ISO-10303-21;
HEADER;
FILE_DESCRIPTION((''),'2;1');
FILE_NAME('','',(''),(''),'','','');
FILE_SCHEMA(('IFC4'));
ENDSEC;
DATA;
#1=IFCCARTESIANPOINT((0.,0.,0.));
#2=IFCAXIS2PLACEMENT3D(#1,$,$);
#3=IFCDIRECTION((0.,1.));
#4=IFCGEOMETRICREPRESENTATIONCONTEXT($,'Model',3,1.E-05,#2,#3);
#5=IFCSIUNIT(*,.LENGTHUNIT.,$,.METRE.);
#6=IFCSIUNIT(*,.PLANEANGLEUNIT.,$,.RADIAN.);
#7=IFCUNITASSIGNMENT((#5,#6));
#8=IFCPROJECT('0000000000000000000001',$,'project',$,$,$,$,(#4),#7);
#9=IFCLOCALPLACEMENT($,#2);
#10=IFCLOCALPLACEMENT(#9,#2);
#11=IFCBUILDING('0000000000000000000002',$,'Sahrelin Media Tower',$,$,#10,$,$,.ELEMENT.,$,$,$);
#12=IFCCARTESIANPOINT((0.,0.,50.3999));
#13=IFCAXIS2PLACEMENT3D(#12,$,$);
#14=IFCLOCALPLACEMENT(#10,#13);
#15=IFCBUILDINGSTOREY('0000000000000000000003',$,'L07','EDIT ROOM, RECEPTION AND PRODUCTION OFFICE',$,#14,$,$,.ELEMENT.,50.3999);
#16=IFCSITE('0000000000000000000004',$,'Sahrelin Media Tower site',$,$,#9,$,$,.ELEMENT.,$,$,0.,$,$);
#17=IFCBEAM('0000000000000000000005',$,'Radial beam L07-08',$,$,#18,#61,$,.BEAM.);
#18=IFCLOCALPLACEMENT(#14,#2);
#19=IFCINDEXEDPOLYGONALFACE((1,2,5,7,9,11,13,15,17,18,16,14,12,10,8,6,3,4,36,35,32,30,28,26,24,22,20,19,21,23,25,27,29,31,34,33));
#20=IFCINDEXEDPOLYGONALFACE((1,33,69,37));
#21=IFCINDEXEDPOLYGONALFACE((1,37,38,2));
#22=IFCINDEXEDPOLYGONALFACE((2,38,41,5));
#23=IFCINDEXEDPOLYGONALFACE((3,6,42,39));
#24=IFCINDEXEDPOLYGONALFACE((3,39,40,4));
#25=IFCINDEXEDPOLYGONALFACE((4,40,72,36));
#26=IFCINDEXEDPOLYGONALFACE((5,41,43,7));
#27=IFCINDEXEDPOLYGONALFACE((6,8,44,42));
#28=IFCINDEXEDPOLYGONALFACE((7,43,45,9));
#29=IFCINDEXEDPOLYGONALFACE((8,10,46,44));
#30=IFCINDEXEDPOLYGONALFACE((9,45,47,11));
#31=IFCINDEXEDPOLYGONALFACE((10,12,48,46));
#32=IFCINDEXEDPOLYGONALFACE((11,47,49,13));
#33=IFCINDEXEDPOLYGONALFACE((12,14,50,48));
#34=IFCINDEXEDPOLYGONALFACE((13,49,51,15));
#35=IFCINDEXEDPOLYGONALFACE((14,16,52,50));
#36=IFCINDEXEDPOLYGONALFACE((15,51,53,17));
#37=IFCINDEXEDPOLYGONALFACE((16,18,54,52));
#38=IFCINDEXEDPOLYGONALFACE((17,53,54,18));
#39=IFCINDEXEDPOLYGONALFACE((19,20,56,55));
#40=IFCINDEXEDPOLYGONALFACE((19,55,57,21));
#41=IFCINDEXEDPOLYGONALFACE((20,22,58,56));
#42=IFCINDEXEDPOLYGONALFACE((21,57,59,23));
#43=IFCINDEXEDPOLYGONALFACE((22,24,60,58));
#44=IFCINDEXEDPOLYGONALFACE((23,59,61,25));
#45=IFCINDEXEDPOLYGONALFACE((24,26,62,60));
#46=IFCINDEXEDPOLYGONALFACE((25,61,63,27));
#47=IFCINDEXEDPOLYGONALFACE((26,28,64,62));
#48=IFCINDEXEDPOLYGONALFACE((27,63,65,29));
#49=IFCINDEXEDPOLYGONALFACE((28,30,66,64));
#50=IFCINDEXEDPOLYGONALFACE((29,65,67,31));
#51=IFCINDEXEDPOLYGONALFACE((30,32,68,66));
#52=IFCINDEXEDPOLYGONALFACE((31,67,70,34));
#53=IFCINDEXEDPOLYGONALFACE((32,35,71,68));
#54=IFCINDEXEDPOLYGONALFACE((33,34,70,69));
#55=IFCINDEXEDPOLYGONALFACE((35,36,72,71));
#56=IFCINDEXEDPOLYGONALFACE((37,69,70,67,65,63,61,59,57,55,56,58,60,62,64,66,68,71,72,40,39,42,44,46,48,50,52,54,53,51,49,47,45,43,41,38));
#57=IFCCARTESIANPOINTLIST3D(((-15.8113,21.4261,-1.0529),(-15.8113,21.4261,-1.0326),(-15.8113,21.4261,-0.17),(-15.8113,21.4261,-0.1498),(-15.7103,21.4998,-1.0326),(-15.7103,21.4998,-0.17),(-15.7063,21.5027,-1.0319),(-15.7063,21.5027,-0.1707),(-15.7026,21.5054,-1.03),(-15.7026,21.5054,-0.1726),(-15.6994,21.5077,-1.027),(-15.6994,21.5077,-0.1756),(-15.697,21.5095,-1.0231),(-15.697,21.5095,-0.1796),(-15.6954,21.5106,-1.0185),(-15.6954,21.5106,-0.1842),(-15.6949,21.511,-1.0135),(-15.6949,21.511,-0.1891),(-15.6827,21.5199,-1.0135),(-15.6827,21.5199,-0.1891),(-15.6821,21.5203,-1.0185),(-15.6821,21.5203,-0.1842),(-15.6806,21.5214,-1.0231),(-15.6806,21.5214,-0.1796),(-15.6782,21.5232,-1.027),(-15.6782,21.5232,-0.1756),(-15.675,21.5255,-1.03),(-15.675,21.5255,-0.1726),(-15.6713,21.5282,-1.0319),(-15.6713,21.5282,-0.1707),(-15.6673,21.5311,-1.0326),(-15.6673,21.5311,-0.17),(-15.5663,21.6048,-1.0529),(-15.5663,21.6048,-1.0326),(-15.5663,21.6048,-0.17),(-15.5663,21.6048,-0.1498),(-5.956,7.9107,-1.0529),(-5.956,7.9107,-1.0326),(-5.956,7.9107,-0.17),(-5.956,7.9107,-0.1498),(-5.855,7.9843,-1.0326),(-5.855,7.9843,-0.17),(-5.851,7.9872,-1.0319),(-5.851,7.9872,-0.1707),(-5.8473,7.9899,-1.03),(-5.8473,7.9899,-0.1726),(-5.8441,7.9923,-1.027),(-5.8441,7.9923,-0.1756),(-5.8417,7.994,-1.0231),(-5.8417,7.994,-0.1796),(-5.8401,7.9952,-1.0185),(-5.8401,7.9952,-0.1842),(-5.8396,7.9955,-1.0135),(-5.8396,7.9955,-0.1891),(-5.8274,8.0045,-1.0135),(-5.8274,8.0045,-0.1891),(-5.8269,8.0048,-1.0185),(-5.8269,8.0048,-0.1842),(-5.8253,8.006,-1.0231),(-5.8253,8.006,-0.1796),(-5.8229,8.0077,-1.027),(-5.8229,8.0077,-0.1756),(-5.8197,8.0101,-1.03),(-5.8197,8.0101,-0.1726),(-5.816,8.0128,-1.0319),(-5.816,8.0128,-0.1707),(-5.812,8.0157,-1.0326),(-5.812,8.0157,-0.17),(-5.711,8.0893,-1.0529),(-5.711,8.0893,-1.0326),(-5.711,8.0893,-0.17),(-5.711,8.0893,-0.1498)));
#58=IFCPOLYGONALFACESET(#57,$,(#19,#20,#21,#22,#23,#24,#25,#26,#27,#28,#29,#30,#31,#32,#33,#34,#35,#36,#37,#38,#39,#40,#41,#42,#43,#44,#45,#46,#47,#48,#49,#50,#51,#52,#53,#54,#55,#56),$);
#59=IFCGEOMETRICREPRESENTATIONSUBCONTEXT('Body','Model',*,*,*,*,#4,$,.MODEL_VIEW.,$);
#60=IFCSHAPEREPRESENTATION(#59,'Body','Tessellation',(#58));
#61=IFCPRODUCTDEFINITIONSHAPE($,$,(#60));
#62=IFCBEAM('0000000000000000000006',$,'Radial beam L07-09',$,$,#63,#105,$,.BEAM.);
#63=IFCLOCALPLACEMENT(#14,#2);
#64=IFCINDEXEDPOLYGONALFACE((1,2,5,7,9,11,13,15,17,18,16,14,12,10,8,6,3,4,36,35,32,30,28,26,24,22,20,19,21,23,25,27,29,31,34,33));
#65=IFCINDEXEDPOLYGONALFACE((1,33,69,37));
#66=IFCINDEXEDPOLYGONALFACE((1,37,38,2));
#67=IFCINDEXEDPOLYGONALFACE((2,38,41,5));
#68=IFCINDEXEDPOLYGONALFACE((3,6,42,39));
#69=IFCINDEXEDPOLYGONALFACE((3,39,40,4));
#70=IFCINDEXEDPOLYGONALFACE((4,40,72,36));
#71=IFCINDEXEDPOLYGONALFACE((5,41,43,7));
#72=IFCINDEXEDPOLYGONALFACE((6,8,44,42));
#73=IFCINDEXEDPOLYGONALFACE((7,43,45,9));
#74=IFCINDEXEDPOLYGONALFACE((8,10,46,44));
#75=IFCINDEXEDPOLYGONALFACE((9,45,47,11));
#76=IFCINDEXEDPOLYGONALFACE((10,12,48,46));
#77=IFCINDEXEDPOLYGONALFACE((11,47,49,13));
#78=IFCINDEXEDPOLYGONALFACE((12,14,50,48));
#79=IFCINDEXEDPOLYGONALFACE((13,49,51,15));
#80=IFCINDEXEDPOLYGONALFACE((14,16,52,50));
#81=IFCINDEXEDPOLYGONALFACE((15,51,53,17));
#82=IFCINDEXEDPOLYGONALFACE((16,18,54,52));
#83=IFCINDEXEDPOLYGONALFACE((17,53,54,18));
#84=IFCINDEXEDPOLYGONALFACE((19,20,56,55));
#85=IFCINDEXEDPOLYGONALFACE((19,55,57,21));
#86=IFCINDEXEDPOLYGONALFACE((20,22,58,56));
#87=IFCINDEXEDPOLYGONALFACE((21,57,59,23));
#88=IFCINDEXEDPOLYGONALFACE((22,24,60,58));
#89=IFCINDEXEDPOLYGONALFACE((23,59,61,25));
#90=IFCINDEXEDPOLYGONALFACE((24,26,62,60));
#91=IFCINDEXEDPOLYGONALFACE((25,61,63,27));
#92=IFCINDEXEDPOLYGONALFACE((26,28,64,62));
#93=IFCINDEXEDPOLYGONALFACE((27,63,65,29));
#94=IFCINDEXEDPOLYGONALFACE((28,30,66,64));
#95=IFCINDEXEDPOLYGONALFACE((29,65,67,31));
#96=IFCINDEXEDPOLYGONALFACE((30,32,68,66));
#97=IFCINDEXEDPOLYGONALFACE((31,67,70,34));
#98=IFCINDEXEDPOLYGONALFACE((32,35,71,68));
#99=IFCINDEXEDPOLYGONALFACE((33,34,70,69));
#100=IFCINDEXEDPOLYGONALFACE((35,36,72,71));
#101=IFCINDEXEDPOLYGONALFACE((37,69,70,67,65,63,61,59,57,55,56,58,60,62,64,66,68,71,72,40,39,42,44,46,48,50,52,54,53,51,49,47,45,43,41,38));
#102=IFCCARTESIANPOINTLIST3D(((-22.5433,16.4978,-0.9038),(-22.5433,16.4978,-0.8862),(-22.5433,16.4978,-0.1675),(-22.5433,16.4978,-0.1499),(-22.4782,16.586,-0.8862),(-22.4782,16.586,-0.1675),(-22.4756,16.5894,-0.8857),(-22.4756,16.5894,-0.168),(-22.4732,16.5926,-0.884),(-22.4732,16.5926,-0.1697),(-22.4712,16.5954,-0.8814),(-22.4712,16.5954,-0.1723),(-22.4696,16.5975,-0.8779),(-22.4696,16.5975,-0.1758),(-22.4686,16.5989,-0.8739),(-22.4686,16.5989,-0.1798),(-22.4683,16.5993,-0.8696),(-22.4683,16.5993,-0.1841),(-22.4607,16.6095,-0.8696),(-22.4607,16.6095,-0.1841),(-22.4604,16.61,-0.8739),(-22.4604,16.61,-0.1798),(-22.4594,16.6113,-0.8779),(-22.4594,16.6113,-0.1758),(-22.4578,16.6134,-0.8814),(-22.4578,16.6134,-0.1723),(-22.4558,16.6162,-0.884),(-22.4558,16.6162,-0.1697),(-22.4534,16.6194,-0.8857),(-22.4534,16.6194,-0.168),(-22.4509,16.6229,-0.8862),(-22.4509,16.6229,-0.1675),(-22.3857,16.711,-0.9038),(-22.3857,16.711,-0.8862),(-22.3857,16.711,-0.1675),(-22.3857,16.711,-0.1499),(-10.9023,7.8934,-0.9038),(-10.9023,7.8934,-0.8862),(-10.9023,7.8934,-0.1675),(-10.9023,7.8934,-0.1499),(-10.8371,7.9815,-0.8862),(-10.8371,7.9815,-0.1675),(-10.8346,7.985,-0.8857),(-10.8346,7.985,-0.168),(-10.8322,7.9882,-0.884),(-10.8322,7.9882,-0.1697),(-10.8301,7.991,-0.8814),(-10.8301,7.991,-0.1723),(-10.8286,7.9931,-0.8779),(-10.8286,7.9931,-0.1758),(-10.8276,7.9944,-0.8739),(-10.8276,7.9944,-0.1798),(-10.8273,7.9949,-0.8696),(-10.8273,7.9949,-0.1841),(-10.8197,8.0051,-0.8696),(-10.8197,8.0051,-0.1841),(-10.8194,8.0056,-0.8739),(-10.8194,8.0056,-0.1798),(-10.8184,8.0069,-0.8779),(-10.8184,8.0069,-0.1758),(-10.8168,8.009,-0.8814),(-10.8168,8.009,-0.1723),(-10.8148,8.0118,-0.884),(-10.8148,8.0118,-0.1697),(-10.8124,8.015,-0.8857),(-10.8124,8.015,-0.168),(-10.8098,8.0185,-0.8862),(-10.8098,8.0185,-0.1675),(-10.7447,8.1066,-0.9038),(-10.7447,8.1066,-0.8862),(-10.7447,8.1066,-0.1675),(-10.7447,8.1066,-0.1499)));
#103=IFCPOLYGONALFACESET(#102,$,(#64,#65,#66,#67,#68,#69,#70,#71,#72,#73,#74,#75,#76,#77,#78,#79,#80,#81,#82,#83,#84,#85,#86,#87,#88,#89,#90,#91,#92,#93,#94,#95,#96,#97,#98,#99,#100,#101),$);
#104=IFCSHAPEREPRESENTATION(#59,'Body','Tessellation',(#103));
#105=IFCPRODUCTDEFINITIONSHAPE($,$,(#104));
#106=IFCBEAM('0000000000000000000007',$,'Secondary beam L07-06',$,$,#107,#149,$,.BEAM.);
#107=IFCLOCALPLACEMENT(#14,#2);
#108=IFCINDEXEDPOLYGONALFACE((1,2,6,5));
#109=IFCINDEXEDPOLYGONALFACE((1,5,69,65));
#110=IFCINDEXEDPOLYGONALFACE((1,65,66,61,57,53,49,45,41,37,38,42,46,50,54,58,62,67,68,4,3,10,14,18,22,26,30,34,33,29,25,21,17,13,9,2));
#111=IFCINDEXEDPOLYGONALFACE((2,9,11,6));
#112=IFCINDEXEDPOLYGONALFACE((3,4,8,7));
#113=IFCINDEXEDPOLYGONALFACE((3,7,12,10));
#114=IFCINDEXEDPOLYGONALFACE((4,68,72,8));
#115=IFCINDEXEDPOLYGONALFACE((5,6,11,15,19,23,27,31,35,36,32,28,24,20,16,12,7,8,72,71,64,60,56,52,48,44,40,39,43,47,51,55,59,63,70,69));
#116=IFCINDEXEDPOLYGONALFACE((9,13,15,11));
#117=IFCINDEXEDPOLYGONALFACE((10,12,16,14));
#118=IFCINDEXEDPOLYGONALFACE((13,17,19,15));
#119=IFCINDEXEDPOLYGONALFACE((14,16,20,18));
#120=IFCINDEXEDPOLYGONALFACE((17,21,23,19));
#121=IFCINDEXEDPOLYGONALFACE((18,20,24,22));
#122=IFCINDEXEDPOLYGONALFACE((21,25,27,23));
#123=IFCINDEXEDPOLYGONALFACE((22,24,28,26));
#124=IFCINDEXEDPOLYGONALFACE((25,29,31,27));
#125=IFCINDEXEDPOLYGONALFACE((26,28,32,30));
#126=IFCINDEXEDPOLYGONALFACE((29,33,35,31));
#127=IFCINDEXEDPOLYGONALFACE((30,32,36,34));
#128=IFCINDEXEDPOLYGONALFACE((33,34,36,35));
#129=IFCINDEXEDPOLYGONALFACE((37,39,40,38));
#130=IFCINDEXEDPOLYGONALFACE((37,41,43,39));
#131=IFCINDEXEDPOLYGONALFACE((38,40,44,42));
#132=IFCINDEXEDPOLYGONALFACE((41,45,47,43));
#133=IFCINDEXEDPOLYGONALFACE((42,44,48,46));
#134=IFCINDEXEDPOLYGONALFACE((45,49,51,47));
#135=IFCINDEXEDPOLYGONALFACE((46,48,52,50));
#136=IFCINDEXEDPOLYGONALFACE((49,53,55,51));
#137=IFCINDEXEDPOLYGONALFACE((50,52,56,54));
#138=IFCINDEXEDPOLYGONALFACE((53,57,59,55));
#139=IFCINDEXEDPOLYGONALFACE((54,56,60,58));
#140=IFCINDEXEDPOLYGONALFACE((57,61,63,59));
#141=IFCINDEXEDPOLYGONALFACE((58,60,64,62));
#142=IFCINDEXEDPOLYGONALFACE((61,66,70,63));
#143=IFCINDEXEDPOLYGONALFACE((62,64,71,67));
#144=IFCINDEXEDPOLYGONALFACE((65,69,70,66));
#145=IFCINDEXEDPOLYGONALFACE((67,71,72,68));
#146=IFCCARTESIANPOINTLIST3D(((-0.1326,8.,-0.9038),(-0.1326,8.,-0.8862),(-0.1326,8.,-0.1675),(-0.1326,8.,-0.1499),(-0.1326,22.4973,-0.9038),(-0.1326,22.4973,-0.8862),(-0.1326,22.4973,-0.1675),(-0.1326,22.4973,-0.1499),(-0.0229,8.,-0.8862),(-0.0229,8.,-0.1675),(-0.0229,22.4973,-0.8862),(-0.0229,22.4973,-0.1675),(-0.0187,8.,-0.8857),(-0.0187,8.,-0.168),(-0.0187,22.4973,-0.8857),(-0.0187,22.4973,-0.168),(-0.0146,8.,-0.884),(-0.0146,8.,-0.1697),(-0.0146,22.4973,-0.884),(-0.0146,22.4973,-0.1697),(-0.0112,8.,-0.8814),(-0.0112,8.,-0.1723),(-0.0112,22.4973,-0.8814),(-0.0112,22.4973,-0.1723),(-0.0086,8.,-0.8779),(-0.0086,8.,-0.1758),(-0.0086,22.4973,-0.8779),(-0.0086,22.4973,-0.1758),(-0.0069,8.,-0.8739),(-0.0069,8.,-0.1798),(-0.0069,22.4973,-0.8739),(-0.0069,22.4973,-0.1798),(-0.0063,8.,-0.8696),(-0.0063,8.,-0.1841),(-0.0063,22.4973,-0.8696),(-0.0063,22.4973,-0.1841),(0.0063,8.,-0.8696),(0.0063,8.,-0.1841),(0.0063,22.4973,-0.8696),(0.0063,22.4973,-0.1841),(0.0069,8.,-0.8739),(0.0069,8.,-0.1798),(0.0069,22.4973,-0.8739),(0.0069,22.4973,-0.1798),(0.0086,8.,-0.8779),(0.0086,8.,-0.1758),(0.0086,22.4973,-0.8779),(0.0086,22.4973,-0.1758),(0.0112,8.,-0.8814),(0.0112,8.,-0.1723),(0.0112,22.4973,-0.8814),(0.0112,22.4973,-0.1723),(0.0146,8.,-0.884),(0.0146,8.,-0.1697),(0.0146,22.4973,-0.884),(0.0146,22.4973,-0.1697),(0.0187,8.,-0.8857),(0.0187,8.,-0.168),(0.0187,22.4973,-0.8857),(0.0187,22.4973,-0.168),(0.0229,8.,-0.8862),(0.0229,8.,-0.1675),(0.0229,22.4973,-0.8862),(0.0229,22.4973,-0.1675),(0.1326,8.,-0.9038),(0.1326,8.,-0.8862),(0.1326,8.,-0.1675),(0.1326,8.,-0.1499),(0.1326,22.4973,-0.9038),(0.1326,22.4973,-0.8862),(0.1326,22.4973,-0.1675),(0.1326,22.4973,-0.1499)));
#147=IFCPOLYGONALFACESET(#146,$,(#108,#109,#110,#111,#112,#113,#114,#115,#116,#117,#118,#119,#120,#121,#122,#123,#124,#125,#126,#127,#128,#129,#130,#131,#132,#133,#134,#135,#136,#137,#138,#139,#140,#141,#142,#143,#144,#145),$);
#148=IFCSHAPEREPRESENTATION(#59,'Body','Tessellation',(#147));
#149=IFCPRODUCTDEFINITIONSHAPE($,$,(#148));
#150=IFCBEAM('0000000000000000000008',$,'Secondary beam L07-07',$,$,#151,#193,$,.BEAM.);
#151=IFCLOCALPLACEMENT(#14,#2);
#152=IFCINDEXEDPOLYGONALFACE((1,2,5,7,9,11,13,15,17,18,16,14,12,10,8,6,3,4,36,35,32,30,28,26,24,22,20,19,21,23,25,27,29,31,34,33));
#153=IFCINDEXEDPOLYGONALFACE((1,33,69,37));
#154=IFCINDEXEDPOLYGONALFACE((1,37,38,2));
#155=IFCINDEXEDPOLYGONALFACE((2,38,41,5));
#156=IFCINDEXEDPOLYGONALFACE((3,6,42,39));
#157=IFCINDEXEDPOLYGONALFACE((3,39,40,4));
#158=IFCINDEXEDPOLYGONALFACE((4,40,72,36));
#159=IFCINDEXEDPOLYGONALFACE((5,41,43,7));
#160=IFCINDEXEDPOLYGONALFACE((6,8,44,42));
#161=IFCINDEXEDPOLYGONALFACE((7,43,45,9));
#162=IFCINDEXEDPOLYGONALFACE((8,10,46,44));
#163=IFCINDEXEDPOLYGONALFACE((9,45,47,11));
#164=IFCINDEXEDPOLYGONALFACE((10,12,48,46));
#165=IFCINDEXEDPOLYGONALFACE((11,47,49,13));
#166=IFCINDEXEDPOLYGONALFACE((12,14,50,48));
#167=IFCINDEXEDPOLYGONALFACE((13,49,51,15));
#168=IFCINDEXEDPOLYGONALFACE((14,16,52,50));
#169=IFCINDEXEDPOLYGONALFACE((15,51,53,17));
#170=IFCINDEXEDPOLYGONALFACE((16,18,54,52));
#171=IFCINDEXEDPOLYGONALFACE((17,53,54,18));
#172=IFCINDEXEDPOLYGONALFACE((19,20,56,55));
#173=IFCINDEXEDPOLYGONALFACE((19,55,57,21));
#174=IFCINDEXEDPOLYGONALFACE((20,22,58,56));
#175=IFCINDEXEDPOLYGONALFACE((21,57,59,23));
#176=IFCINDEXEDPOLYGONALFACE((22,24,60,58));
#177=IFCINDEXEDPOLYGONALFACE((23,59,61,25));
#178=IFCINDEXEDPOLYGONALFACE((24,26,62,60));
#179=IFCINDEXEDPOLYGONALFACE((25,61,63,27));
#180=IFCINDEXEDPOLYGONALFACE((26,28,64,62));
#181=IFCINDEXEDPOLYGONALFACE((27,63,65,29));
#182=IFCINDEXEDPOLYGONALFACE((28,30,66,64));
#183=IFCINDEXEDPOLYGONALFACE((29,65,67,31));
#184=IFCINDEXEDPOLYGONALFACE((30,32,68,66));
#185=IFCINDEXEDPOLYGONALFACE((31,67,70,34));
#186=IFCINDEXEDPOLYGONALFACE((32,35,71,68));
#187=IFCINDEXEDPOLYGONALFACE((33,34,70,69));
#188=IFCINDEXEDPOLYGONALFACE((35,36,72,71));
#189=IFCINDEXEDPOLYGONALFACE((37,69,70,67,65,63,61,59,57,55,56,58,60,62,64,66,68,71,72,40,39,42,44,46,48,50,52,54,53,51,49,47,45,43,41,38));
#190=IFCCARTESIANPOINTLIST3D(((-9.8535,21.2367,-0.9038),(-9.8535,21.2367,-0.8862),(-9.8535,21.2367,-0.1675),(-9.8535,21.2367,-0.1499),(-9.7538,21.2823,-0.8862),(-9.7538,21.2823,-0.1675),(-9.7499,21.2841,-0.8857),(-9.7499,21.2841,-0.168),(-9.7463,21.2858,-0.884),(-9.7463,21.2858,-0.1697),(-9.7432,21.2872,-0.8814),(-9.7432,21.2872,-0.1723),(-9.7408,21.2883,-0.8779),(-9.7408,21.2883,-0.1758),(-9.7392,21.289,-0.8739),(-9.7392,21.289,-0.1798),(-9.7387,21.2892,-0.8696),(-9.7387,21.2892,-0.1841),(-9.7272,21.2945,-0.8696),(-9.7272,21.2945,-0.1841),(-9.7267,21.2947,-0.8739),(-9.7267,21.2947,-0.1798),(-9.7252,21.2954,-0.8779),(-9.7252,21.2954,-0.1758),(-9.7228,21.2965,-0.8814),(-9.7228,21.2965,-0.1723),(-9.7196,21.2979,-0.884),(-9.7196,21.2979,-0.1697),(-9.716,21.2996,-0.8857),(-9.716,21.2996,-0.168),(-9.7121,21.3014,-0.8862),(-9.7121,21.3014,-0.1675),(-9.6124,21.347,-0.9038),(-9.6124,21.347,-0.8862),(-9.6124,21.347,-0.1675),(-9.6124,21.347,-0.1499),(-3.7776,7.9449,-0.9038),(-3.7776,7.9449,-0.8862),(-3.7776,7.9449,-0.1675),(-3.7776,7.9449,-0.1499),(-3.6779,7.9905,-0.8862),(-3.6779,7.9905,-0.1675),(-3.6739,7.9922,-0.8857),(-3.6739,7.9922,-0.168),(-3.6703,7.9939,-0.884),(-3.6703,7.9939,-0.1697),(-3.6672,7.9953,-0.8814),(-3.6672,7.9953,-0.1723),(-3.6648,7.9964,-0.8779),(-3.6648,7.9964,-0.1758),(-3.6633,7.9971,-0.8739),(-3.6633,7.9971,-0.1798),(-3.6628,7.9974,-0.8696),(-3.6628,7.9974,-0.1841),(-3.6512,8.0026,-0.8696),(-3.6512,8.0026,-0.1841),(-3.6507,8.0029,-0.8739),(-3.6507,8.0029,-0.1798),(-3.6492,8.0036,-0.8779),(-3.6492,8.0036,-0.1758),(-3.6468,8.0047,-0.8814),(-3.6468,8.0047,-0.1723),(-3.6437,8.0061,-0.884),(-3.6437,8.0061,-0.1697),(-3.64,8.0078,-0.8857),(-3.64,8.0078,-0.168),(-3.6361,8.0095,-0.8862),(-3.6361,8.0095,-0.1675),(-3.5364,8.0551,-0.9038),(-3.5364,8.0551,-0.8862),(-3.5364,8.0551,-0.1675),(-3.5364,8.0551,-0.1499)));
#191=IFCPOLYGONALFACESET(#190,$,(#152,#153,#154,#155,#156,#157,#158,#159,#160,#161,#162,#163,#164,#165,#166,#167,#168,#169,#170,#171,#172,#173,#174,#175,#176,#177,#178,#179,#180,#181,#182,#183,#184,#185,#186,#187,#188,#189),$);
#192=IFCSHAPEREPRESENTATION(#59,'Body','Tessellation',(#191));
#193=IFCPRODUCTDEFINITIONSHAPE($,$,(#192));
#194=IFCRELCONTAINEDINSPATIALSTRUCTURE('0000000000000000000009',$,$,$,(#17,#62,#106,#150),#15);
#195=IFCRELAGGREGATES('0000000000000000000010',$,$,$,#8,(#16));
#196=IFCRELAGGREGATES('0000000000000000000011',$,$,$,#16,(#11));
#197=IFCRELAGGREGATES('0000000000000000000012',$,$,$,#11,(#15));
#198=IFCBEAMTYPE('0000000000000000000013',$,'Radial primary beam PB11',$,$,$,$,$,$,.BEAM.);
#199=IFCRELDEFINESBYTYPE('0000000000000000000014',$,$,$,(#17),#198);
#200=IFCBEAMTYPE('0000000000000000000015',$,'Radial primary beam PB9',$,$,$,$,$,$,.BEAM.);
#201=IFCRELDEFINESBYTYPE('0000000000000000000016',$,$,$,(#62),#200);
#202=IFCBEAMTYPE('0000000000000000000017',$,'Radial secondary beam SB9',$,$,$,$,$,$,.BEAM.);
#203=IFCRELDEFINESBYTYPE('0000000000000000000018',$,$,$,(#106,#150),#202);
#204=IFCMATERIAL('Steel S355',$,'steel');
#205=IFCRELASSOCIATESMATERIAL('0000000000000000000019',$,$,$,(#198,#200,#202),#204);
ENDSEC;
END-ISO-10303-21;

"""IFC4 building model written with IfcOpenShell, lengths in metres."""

from ifc_helpers import new_model, si_unit, direction, frame, origin, origin_2d, place, context, subcontext, project, spatial, i_section, extrude, material, material_profile, profile_set, type_object, element, save


model = new_model("IFC4")

# Units and contexts
model_context = context("Model", 3, precision=1e-05, world=origin(), true_north=direction((0.0, 1.0)))
body_context = subcontext(model_context, "Body", "Model", "MODEL_VIEW")
ifc_project = project(units=[si_unit("LENGTHUNIT", "METRE"), si_unit("PLANEANGLEUNIT", "RADIAN")], contexts=[model_context])

# Site, building, storey
site_placement = place(None, origin())
site = spatial("IfcSite", under=ifc_project, at=site_placement, Name="Sahrelin Media Tower site", CompositionType="ELEMENT", RefElevation=0.0)
building_placement = place(site_placement, origin())
building = spatial("IfcBuilding", under=site, at=building_placement, Name="Sahrelin Media Tower", CompositionType="ELEMENT")
storey_placement = place(building_placement, frame((0.0, 0.0, 50.3999)))
storey = spatial("IfcBuildingStorey", under=building, at=storey_placement, Name="L07", Description="EDIT ROOM, RECEPTION AND PRODUCTION OFFICE", CompositionType="ELEMENT", Elevation=50.3999)

# Shared definitions
ifc_material_1 = material(Name="Steel S355", Category="steel")

# Beams
ifc_material_profile_1 = material_profile(ifc_material_1, i_section(OverallWidth=0.3032, OverallDepth=0.9031, WebThickness=0.0151, FlangeThickness=0.0203, FilletRadius=0.019, at=origin_2d()), Name="UB 914x305x201")
ifc_profile_set_1 = profile_set([ifc_material_profile_1], Name="Steel S355")
beam_type_1 = type_object("IfcBeamType", Name="Radial primary beam PB11", PredefinedType="BEAM", material=ifc_profile_set_1)
beam_1_placement = place(storey_placement, frame((-5.8335, 8.0, -0.6013), z_axis=(-0.589182, 0.808, 0.0), x_axis=(-0.808, -0.589182, 0.0)))
element("IfcBeam", 1, at=beam_1_placement, inside=storey, type_object=beam_type_1, Name="Radial beam L07-08", PredefinedType="BEAM", context=body_context, shape_type="SweptSolid", body=[
    extrude(i_section(OverallWidth=0.3032, OverallDepth=0.9031, WebThickness=0.0151, FlangeThickness=0.0203, FilletRadius=0.019, at=origin_2d()), origin(), (0.0, 0.0, 1.0), 16.7271),
])
ifc_material_profile_2 = material_profile(ifc_material_1, i_section(OverallWidth=0.2651, OverallDepth=0.7539, WebThickness=0.0127, FlangeThickness=0.0176, FilletRadius=0.0166, at=origin_2d()), Name="UB 762x267x147")
ifc_profile_set_2 = profile_set([ifc_material_profile_2], Name="Steel S355")
beam_type_2 = type_object("IfcBeamType", Name="Radial primary beam PB9", PredefinedType="BEAM", material=ifc_profile_set_2)
beam_2_placement = place(storey_placement, frame((-10.8235, 8.0, -0.5269), z_axis=(-0.80417, 0.5944, 0.0), x_axis=(-0.5944, -0.80417, 0.0)))
element("IfcBeam", 2, at=beam_2_placement, inside=storey, type_object=beam_type_2, Name="Radial beam L07-09", PredefinedType="BEAM", context=body_context, shape_type="SweptSolid", body=[
    extrude(i_section(OverallWidth=0.2651, OverallDepth=0.7539, WebThickness=0.0127, FlangeThickness=0.0176, FilletRadius=0.0166, at=origin_2d()), origin(), (0.0, 0.0, 1.0), 14.4758),
])
ifc_material_profile_3 = material_profile(ifc_material_1, i_section(OverallWidth=0.2651, OverallDepth=0.7539, WebThickness=0.0127, FlangeThickness=0.0176, FilletRadius=0.0166, at=origin_2d()), Name="UB 762x267x147")
ifc_profile_set_3 = profile_set([ifc_material_profile_3], Name="Steel S355")
beam_type_3 = type_object("IfcBeamType", Name="Radial secondary beam SB9", PredefinedType="BEAM", material=ifc_profile_set_3)
beam_3_placement = place(storey_placement, frame((0.0, 8.0, -0.5269), z_axis=(0.0, 1.0, 0.0), x_axis=(-1.0, 0.0, 0.0)))
element("IfcBeam", 3, at=beam_3_placement, inside=storey, type_object=beam_type_3, Name="Secondary beam L07-06", PredefinedType="BEAM", context=body_context, shape_type="SweptSolid", body=[
    extrude(i_section(OverallWidth=0.2651, OverallDepth=0.7539, WebThickness=0.0127, FlangeThickness=0.0176, FilletRadius=0.0166, at=origin_2d()), origin(), (0.0, 0.0, 1.0), 14.4973),
])
beam_4_placement = place(storey_placement, frame((-3.657, 8.0, -0.5269), z_axis=(-0.415743, 0.909482, 0.0), x_axis=(-0.909482, -0.415743, 0.0)))
element("IfcBeam", 4, at=beam_4_placement, inside=storey, type_object=beam_type_3, Name="Secondary beam L07-07", PredefinedType="BEAM", context=body_context, shape_type="SweptSolid", body=[
    extrude(i_section(OverallWidth=0.2651, OverallDepth=0.7539, WebThickness=0.0127, FlangeThickness=0.0176, FilletRadius=0.0166, at=origin_2d()), origin(), (0.0, 0.0, 1.0), 14.6147),
])

save(model, "model.ifc")
